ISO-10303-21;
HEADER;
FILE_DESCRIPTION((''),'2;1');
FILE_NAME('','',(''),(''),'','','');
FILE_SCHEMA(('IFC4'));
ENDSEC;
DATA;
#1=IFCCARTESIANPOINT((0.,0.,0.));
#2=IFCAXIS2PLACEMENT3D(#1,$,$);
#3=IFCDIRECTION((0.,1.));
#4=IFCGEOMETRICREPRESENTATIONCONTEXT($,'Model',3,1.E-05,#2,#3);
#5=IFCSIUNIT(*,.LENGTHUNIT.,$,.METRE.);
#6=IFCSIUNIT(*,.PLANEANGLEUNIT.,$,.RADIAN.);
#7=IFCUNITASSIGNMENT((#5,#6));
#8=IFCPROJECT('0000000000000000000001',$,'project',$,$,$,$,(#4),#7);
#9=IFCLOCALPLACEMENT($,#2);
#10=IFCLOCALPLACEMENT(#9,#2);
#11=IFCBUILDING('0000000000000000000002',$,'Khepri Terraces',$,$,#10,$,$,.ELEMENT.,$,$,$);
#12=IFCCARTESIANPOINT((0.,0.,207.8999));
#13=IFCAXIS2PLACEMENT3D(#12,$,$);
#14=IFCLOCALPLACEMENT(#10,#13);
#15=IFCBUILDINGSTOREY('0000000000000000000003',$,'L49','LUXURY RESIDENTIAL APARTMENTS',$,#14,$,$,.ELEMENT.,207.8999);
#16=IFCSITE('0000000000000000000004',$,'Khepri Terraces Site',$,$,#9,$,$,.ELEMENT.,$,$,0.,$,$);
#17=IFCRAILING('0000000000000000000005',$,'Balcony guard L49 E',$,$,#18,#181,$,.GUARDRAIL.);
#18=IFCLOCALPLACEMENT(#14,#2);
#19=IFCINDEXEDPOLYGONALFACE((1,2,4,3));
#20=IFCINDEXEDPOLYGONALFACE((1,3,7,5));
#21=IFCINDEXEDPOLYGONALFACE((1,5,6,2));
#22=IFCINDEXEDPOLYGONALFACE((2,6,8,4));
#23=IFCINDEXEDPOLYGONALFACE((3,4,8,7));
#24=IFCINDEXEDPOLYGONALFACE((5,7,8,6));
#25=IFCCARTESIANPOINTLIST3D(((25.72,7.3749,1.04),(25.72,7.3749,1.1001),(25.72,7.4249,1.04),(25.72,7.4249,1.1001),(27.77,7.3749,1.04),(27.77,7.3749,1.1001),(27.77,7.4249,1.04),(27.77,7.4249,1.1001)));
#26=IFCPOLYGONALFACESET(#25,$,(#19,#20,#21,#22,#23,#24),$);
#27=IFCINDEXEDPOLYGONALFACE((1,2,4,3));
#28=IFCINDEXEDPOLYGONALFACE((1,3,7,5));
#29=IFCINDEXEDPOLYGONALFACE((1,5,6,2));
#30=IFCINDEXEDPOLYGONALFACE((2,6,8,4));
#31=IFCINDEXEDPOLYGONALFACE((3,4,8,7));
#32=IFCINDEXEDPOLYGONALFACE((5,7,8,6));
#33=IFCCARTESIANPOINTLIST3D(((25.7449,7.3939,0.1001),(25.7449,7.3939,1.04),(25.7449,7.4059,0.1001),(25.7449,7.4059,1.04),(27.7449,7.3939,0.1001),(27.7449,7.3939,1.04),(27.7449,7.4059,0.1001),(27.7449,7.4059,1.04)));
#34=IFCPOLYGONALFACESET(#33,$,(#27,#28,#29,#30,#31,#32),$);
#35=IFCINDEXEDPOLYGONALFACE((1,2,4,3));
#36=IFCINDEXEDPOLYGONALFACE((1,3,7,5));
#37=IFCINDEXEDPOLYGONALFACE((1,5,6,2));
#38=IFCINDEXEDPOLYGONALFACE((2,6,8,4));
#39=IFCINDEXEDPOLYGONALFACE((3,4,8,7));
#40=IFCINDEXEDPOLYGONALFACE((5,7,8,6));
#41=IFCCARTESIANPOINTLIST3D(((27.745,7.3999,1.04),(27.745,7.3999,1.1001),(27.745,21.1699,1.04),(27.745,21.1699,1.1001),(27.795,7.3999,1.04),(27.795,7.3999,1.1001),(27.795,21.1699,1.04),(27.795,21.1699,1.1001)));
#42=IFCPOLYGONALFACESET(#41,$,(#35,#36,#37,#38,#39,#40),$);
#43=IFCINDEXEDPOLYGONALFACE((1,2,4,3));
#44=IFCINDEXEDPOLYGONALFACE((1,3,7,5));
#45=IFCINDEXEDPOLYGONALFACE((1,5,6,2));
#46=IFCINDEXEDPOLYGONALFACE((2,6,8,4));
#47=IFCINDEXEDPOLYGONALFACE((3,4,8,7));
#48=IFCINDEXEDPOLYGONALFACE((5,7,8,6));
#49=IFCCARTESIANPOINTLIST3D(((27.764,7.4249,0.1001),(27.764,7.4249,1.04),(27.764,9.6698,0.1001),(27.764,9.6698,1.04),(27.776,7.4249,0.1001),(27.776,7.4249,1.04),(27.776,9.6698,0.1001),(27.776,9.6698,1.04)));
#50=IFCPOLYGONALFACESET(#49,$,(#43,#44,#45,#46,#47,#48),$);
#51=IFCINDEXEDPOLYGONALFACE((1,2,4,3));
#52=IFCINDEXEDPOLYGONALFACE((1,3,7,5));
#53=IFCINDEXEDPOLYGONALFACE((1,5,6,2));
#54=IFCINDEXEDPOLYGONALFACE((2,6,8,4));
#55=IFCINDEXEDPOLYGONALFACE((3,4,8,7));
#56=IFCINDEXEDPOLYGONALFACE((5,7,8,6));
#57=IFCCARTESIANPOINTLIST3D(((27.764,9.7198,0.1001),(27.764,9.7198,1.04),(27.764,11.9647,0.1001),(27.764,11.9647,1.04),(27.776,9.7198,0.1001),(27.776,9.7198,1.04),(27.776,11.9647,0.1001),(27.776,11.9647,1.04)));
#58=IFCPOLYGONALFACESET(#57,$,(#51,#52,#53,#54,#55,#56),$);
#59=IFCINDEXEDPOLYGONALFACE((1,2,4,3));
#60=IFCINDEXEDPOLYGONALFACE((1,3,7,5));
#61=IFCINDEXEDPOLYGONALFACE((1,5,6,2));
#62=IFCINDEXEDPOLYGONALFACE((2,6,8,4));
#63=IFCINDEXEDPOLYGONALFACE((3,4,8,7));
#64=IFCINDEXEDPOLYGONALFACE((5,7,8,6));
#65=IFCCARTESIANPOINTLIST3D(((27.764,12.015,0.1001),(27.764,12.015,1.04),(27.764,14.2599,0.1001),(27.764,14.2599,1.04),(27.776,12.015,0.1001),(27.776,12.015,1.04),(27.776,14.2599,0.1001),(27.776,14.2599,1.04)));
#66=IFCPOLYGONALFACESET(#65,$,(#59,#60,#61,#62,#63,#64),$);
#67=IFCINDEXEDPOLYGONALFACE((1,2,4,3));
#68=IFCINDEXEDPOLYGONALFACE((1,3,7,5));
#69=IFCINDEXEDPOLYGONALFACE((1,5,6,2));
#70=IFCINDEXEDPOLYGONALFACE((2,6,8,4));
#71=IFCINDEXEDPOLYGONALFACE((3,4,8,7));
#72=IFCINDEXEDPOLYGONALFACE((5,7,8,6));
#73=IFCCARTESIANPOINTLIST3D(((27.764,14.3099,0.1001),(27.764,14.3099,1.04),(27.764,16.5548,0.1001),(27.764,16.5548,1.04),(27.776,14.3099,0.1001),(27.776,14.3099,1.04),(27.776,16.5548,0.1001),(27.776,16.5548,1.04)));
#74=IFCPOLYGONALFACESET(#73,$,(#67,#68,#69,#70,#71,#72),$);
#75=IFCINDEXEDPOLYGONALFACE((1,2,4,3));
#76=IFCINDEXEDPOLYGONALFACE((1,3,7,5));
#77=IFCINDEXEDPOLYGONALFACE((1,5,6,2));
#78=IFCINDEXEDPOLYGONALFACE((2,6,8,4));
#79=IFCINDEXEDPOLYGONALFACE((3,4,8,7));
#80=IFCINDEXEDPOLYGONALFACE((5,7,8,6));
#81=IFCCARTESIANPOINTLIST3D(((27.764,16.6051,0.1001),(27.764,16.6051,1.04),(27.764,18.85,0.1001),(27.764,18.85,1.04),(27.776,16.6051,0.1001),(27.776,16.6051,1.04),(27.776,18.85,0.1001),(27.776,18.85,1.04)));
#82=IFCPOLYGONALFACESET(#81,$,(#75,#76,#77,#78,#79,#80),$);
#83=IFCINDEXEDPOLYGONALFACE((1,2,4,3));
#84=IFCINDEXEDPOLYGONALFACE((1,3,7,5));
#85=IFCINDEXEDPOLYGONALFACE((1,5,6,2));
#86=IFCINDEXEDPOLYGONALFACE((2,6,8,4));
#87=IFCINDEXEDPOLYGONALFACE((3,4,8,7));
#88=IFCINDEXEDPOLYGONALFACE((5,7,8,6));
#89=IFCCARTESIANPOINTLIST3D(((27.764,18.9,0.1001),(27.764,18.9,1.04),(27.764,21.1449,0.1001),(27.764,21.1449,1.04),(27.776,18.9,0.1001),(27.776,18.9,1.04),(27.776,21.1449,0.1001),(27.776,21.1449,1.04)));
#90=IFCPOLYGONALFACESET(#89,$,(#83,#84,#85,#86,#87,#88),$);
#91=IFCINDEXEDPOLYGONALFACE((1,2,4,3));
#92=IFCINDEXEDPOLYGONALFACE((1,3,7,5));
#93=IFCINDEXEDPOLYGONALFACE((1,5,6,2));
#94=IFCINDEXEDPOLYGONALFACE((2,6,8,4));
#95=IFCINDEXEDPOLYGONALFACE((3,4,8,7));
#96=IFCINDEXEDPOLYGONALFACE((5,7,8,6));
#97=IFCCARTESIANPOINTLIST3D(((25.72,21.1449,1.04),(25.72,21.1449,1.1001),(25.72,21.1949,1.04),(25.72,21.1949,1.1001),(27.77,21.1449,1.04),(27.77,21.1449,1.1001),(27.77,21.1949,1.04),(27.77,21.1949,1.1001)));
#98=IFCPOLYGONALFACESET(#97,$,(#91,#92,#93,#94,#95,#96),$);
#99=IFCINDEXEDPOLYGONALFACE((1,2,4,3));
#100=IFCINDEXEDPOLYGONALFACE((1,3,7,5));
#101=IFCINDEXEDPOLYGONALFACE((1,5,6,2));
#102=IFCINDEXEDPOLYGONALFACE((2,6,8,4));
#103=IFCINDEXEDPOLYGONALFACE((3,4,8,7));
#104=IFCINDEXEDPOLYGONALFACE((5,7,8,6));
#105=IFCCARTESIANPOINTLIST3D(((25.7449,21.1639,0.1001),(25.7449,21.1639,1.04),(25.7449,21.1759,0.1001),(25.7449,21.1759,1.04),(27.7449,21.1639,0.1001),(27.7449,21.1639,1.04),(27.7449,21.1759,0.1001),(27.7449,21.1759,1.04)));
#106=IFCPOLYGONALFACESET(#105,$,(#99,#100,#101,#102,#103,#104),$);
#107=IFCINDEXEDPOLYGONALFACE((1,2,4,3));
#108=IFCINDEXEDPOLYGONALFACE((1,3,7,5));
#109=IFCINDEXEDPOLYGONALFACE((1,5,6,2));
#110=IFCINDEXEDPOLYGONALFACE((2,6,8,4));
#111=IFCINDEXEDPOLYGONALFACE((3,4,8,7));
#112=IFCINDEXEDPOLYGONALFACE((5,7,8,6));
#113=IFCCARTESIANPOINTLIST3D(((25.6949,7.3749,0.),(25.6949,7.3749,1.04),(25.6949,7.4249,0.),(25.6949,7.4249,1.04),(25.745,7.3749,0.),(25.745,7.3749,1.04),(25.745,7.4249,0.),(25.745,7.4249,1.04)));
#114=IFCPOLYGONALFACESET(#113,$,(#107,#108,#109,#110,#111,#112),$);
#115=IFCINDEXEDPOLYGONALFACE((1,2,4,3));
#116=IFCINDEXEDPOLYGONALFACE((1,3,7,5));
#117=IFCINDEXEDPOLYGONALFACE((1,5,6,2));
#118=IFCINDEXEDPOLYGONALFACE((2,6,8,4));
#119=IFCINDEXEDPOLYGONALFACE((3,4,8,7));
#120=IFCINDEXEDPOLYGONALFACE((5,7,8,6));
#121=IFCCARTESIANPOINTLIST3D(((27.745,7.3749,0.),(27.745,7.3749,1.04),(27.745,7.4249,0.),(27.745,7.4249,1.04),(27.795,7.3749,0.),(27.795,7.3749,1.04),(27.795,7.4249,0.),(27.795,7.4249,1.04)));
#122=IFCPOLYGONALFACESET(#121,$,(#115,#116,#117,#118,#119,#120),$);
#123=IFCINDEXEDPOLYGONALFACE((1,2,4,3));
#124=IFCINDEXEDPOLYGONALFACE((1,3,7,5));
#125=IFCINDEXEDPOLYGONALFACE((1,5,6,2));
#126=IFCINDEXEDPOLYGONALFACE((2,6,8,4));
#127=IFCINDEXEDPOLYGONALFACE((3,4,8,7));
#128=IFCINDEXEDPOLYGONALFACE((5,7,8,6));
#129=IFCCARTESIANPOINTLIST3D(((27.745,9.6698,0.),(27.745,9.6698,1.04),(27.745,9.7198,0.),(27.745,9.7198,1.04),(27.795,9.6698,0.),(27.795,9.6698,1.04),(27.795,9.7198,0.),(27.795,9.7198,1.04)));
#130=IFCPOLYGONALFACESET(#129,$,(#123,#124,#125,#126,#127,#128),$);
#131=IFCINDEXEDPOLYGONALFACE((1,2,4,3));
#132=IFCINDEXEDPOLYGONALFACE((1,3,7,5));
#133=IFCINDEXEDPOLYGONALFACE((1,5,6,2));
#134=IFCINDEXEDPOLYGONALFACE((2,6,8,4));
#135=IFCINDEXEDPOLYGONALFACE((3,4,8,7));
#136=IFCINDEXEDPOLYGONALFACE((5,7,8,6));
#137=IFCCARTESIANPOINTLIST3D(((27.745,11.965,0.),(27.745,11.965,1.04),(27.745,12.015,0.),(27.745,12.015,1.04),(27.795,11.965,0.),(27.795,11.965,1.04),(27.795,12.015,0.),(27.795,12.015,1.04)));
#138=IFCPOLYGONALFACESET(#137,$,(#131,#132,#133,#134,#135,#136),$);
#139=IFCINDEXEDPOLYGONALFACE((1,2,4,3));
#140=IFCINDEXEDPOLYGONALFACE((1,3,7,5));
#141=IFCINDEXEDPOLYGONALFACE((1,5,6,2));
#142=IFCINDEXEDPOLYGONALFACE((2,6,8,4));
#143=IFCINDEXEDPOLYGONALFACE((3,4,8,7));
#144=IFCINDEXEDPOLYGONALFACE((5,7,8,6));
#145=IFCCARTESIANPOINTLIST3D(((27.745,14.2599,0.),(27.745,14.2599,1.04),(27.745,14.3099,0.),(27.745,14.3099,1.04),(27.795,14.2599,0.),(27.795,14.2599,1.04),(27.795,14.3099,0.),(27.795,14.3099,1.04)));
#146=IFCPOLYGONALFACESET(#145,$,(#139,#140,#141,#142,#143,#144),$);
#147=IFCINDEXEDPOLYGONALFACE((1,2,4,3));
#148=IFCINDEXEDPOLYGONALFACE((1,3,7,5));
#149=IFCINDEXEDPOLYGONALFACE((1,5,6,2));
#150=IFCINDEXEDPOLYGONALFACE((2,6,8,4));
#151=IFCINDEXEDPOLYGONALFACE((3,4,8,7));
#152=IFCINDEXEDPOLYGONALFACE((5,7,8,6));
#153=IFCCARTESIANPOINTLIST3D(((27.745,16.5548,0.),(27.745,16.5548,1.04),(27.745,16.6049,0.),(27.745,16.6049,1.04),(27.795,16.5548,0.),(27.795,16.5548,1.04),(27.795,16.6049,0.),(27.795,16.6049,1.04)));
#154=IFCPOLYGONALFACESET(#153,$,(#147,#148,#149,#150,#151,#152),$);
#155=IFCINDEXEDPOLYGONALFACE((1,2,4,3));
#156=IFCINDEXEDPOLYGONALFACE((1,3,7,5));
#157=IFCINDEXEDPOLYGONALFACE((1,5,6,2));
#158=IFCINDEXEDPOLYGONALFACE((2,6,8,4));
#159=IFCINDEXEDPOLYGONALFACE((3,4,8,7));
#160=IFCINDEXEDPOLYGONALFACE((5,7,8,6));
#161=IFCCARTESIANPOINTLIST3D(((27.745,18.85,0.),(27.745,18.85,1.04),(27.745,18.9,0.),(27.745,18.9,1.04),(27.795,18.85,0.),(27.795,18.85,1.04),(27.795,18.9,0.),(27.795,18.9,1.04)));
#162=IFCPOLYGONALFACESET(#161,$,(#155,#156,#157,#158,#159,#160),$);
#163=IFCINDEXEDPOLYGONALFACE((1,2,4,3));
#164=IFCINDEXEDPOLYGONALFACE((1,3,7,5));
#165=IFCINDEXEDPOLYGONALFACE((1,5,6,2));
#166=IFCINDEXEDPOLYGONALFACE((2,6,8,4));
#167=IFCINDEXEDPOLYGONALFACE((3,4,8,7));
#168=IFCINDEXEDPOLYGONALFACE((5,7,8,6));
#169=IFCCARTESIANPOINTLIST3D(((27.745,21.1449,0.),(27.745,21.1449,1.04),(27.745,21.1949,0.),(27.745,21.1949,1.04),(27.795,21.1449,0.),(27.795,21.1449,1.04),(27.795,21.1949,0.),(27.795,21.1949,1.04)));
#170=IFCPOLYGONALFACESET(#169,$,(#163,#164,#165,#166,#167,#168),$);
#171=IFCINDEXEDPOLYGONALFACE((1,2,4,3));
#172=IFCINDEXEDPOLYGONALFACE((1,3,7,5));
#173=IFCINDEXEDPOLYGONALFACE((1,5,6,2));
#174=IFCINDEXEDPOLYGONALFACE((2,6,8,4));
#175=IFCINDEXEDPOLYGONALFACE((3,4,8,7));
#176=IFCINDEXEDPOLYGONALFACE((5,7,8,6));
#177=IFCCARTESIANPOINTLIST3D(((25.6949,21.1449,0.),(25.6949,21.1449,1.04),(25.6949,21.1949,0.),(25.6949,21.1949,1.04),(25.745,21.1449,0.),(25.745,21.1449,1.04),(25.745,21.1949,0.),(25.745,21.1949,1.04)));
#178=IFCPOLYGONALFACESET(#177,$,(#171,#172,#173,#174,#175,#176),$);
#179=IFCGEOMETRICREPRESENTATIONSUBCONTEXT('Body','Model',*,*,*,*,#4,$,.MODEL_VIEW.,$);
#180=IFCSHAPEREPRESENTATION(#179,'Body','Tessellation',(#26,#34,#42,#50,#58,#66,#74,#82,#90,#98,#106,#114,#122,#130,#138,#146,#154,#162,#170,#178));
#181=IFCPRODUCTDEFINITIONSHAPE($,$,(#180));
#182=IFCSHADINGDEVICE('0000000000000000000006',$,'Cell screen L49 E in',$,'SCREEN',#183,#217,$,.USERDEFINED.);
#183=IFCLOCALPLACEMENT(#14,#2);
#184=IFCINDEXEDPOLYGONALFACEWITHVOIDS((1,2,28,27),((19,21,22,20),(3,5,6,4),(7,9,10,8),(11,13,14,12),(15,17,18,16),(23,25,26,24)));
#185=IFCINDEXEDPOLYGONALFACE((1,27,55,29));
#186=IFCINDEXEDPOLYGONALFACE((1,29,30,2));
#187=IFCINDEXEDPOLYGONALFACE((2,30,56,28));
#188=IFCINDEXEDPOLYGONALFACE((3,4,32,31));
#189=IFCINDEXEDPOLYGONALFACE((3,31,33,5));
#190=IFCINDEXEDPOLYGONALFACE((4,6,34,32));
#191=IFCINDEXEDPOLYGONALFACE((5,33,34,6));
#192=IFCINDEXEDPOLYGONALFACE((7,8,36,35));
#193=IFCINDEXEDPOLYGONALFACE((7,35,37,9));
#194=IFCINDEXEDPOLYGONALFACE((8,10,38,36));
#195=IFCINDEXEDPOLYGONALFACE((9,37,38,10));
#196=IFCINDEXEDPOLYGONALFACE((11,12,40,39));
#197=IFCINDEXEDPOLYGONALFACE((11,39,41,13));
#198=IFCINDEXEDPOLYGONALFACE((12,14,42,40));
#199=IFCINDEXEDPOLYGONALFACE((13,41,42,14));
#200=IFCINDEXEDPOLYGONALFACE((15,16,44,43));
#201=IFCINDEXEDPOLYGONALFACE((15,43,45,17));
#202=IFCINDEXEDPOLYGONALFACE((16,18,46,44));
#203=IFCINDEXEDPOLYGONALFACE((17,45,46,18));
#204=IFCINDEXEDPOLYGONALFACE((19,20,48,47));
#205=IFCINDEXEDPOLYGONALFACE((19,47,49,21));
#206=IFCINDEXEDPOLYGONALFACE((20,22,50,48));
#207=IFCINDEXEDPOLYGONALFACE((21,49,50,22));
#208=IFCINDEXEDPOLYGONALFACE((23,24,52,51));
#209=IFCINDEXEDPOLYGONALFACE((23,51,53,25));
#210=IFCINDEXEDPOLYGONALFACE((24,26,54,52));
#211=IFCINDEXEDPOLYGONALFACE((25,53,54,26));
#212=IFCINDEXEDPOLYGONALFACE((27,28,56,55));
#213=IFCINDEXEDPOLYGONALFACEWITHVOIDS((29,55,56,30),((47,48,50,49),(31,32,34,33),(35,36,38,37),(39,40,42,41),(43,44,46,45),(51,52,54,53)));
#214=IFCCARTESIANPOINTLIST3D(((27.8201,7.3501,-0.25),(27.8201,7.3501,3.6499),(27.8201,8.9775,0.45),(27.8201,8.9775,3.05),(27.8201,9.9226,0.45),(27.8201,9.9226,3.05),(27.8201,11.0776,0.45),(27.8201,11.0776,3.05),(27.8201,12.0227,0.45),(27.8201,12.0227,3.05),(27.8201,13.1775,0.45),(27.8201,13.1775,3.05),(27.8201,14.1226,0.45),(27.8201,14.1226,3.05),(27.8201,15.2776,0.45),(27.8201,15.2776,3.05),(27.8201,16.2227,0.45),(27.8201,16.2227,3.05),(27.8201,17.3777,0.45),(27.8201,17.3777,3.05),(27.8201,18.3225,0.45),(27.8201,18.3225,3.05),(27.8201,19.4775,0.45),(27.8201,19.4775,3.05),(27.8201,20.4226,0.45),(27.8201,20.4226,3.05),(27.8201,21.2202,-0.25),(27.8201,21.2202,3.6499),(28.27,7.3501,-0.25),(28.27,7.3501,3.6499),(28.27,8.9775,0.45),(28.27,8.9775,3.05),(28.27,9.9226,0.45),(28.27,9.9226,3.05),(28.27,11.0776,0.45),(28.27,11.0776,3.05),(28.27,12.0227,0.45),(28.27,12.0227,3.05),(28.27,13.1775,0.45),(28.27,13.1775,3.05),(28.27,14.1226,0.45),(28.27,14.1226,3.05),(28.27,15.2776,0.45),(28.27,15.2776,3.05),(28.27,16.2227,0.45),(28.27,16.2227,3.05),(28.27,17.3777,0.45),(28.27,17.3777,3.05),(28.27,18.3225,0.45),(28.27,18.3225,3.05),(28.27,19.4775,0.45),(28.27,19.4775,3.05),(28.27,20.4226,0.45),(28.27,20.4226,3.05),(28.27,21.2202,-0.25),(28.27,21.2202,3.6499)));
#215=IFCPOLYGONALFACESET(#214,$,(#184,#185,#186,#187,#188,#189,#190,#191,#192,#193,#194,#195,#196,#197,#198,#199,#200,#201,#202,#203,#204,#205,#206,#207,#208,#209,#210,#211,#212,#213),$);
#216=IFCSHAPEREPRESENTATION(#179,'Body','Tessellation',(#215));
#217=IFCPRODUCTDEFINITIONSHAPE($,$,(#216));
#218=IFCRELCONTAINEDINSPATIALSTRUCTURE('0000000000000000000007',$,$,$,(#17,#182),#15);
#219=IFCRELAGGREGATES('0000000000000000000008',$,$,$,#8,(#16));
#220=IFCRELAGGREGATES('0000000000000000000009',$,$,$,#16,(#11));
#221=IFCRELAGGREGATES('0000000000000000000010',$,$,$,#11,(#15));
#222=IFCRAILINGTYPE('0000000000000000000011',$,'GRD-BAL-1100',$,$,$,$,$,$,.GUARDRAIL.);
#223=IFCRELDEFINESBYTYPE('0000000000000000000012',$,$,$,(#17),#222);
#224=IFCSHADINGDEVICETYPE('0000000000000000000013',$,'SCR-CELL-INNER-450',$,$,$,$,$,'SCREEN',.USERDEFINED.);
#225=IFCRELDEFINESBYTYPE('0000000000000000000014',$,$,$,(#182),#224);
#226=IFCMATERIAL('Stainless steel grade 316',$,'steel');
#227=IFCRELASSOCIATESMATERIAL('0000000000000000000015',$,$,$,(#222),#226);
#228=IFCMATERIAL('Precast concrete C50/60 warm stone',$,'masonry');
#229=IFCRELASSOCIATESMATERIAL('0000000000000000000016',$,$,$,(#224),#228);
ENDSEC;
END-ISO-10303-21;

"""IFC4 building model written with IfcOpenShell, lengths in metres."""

from ifc_helpers import new_model, si_unit, direction, frame, origin, origin_2d, place, context, subcontext, project, spatial, polyline, rectangle, outline, extrude, material, type_object, element, save


model = new_model("IFC4")

# Units and contexts
model_context = context("Model", 3, precision=1e-05, world=origin(), true_north=direction((0.0, 1.0)))
body_context = subcontext(model_context, "Body", "Model", "MODEL_VIEW")
ifc_project = project(units=[si_unit("LENGTHUNIT", "METRE"), si_unit("PLANEANGLEUNIT", "RADIAN")], contexts=[model_context])

# Site, building, storey
site_placement = place(None, origin())
site = spatial("IfcSite", under=ifc_project, at=site_placement, Name="Khepri Terraces Site", CompositionType="ELEMENT", RefElevation=0.0)
building_placement = place(site_placement, origin())
building = spatial("IfcBuilding", under=site, at=building_placement, Name="Khepri Terraces", CompositionType="ELEMENT")
storey_placement = place(building_placement, frame((0.0, 0.0, 207.8999)))
storey = spatial("IfcBuildingStorey", under=building, at=storey_placement, Name="L49", Description="LUXURY RESIDENTIAL APARTMENTS", CompositionType="ELEMENT", Elevation=207.8999)

# Shared definitions
ifc_material_1 = material(Name="Precast concrete C50/60 warm stone", Category="masonry")

# Railing
ifc_material_2 = material(Name="Stainless steel grade 316", Category="steel")
railing_type = type_object("IfcRailingType", Name="GRD-BAL-1100", PredefinedType="GUARDRAIL", material=ifc_material_2)
railing_placement = place(storey_placement, frame((25.72, 7.3999, 0.0)))
element("IfcRailing", 1, at=railing_placement, inside=storey, type_object=railing_type, Name="Balcony guard L49 E", PredefinedType="GUARDRAIL", context=body_context, shape_type="SweptSolid", body=[
    extrude(rectangle(XDim=0.05, YDim=0.0601, at=origin_2d()), frame((0.0, 0.0, 1.0701), z_axis=(1.0, 0.0, 0.0), x_axis=(0.0, 1.0, 0.0)), (0.0, 0.0, 1.0), 2.05),
    extrude(rectangle(XDim=2.0, YDim=0.012, at=origin_2d()), frame((1.0249, 0.0, 0.1001), z_axis=(0.0, 0.0, 1.0), x_axis=(1.0, 0.0, 0.0)), (0.0, 0.0, 1.0), 0.9399),
    extrude(rectangle(XDim=0.05, YDim=0.0601, at=origin_2d()), frame((2.05, 0.0, 1.0701), z_axis=(0.0, 1.0, 0.0), x_axis=(-1.0, 0.0, 0.0)), (0.0, 0.0, 1.0), 13.77),
    extrude(rectangle(XDim=2.2449, YDim=0.012, at=origin_2d()), frame((2.05, 1.1475, 0.1001), z_axis=(0.0, 0.0, 1.0), x_axis=(0.0, 1.0, 0.0)), (0.0, 0.0, 1.0), 0.9399),
    extrude(rectangle(XDim=2.2449, YDim=0.012, at=origin_2d()), frame((2.05, 3.4424, 0.1001), z_axis=(0.0, 0.0, 1.0), x_axis=(0.0, 1.0, 0.0)), (0.0, 0.0, 1.0), 0.9399),
    extrude(rectangle(XDim=2.2449, YDim=0.012, at=origin_2d()), frame((2.05, 5.7375, 0.1001), z_axis=(0.0, 0.0, 1.0), x_axis=(0.0, 1.0, 0.0)), (0.0, 0.0, 1.0), 0.9399),
    extrude(rectangle(XDim=2.2449, YDim=0.012, at=origin_2d()), frame((2.05, 8.0325, 0.1001), z_axis=(0.0, 0.0, 1.0), x_axis=(0.0, 1.0, 0.0)), (0.0, 0.0, 1.0), 0.9399),
    extrude(rectangle(XDim=2.2449, YDim=0.012, at=origin_2d()), frame((2.05, 10.3276, 0.1001), z_axis=(0.0, 0.0, 1.0), x_axis=(0.0, 1.0, 0.0)), (0.0, 0.0, 1.0), 0.9399),
    extrude(rectangle(XDim=2.2449, YDim=0.012, at=origin_2d()), frame((2.05, 12.6226, 0.1001), z_axis=(0.0, 0.0, 1.0), x_axis=(0.0, 1.0, 0.0)), (0.0, 0.0, 1.0), 0.9399),
    extrude(rectangle(XDim=0.05, YDim=0.0601, at=origin_2d()), frame((2.05, 13.77, 1.0701), z_axis=(-1.0, 0.0, 0.0), x_axis=(0.0, -1.0, 0.0)), (0.0, 0.0, 1.0), 2.05),
    extrude(rectangle(XDim=2.0, YDim=0.012, at=origin_2d()), frame((1.0249, 13.77, 0.1001), z_axis=(0.0, 0.0, 1.0), x_axis=(-1.0, 0.0, 0.0)), (0.0, 0.0, 1.0), 0.9399),
    extrude(rectangle(XDim=0.05, YDim=0.05, at=origin_2d()), origin(), (0.0, 0.0, 1.0), 1.04),
    extrude(rectangle(XDim=0.05, YDim=0.05, at=origin_2d()), frame((2.05, 0.0, 0.0)), (0.0, 0.0, 1.0), 1.04),
    extrude(rectangle(XDim=0.05, YDim=0.05, at=origin_2d()), frame((2.05, 2.2949, 0.0)), (0.0, 0.0, 1.0), 1.04),
    extrude(rectangle(XDim=0.05, YDim=0.05, at=origin_2d()), frame((2.05, 4.5901, 0.0)), (0.0, 0.0, 1.0), 1.04),
    extrude(rectangle(XDim=0.05, YDim=0.05, at=origin_2d()), frame((2.05, 6.885, 0.0)), (0.0, 0.0, 1.0), 1.04),
    extrude(rectangle(XDim=0.05, YDim=0.05, at=origin_2d()), frame((2.05, 9.1799, 0.0)), (0.0, 0.0, 1.0), 1.04),
    extrude(rectangle(XDim=0.05, YDim=0.05, at=origin_2d()), frame((2.05, 11.4751, 0.0)), (0.0, 0.0, 1.0), 1.04),
    extrude(rectangle(XDim=0.05, YDim=0.05, at=origin_2d()), frame((2.05, 13.77, 0.0)), (0.0, 0.0, 1.0), 1.04),
    extrude(rectangle(XDim=0.05, YDim=0.05, at=origin_2d()), frame((0.0, 13.77, 0.0)), (0.0, 0.0, 1.0), 1.04),
])

# Shading device
shading_device_type_1 = type_object("IfcShadingDeviceType", Name="SCR-CELL-INNER-450", ElementType="SCREEN", PredefinedType="USERDEFINED", material=ifc_material_1)
shading_device_1_placement = place(storey_placement, frame((27.8201, 7.3501, -0.25), z_axis=(1.0, 0.0, 0.0), x_axis=(0.0, 1.0, 0.0)))
element("IfcShadingDevice", 2, at=shading_device_1_placement, inside=storey, type_object=shading_device_type_1, Name="Cell screen L49 E in", ObjectType="SCREEN", PredefinedType="USERDEFINED", context=body_context, shape_type="SweptSolid", body=[
    extrude(outline(polyline([(0.0, 0.0), (13.8701, 0.0), (13.8701, 3.8999), (0.0, 3.8999), (0.0, 0.0)]), holes=[polyline([(1.6274, 0.7), (2.5725, 0.7), (2.5725, 3.3), (1.6274, 3.3), (1.6274, 0.7)]), polyline([(3.7275, 0.7), (4.6726, 0.7), (4.6726, 3.3), (3.7275, 3.3), (3.7275, 0.7)]), polyline([(5.8274, 0.7), (6.7725, 0.7), (6.7725, 3.3), (5.8274, 3.3), (5.8274, 0.7)]), polyline([(7.9275, 0.7), (8.8726, 0.7), (8.8726, 3.3), (7.9275, 3.3), (7.9275, 0.7)]), polyline([(10.0276, 0.7), (10.9724, 0.7), (10.9724, 3.3), (10.0276, 3.3), (10.0276, 0.7)]), polyline([(12.1274, 0.7), (13.0725, 0.7), (13.0725, 3.3), (12.1274, 3.3), (12.1274, 0.7)])]), origin(), (0.0, 0.0, 1.0), 0.45),
])

save(model, "model.ifc")
